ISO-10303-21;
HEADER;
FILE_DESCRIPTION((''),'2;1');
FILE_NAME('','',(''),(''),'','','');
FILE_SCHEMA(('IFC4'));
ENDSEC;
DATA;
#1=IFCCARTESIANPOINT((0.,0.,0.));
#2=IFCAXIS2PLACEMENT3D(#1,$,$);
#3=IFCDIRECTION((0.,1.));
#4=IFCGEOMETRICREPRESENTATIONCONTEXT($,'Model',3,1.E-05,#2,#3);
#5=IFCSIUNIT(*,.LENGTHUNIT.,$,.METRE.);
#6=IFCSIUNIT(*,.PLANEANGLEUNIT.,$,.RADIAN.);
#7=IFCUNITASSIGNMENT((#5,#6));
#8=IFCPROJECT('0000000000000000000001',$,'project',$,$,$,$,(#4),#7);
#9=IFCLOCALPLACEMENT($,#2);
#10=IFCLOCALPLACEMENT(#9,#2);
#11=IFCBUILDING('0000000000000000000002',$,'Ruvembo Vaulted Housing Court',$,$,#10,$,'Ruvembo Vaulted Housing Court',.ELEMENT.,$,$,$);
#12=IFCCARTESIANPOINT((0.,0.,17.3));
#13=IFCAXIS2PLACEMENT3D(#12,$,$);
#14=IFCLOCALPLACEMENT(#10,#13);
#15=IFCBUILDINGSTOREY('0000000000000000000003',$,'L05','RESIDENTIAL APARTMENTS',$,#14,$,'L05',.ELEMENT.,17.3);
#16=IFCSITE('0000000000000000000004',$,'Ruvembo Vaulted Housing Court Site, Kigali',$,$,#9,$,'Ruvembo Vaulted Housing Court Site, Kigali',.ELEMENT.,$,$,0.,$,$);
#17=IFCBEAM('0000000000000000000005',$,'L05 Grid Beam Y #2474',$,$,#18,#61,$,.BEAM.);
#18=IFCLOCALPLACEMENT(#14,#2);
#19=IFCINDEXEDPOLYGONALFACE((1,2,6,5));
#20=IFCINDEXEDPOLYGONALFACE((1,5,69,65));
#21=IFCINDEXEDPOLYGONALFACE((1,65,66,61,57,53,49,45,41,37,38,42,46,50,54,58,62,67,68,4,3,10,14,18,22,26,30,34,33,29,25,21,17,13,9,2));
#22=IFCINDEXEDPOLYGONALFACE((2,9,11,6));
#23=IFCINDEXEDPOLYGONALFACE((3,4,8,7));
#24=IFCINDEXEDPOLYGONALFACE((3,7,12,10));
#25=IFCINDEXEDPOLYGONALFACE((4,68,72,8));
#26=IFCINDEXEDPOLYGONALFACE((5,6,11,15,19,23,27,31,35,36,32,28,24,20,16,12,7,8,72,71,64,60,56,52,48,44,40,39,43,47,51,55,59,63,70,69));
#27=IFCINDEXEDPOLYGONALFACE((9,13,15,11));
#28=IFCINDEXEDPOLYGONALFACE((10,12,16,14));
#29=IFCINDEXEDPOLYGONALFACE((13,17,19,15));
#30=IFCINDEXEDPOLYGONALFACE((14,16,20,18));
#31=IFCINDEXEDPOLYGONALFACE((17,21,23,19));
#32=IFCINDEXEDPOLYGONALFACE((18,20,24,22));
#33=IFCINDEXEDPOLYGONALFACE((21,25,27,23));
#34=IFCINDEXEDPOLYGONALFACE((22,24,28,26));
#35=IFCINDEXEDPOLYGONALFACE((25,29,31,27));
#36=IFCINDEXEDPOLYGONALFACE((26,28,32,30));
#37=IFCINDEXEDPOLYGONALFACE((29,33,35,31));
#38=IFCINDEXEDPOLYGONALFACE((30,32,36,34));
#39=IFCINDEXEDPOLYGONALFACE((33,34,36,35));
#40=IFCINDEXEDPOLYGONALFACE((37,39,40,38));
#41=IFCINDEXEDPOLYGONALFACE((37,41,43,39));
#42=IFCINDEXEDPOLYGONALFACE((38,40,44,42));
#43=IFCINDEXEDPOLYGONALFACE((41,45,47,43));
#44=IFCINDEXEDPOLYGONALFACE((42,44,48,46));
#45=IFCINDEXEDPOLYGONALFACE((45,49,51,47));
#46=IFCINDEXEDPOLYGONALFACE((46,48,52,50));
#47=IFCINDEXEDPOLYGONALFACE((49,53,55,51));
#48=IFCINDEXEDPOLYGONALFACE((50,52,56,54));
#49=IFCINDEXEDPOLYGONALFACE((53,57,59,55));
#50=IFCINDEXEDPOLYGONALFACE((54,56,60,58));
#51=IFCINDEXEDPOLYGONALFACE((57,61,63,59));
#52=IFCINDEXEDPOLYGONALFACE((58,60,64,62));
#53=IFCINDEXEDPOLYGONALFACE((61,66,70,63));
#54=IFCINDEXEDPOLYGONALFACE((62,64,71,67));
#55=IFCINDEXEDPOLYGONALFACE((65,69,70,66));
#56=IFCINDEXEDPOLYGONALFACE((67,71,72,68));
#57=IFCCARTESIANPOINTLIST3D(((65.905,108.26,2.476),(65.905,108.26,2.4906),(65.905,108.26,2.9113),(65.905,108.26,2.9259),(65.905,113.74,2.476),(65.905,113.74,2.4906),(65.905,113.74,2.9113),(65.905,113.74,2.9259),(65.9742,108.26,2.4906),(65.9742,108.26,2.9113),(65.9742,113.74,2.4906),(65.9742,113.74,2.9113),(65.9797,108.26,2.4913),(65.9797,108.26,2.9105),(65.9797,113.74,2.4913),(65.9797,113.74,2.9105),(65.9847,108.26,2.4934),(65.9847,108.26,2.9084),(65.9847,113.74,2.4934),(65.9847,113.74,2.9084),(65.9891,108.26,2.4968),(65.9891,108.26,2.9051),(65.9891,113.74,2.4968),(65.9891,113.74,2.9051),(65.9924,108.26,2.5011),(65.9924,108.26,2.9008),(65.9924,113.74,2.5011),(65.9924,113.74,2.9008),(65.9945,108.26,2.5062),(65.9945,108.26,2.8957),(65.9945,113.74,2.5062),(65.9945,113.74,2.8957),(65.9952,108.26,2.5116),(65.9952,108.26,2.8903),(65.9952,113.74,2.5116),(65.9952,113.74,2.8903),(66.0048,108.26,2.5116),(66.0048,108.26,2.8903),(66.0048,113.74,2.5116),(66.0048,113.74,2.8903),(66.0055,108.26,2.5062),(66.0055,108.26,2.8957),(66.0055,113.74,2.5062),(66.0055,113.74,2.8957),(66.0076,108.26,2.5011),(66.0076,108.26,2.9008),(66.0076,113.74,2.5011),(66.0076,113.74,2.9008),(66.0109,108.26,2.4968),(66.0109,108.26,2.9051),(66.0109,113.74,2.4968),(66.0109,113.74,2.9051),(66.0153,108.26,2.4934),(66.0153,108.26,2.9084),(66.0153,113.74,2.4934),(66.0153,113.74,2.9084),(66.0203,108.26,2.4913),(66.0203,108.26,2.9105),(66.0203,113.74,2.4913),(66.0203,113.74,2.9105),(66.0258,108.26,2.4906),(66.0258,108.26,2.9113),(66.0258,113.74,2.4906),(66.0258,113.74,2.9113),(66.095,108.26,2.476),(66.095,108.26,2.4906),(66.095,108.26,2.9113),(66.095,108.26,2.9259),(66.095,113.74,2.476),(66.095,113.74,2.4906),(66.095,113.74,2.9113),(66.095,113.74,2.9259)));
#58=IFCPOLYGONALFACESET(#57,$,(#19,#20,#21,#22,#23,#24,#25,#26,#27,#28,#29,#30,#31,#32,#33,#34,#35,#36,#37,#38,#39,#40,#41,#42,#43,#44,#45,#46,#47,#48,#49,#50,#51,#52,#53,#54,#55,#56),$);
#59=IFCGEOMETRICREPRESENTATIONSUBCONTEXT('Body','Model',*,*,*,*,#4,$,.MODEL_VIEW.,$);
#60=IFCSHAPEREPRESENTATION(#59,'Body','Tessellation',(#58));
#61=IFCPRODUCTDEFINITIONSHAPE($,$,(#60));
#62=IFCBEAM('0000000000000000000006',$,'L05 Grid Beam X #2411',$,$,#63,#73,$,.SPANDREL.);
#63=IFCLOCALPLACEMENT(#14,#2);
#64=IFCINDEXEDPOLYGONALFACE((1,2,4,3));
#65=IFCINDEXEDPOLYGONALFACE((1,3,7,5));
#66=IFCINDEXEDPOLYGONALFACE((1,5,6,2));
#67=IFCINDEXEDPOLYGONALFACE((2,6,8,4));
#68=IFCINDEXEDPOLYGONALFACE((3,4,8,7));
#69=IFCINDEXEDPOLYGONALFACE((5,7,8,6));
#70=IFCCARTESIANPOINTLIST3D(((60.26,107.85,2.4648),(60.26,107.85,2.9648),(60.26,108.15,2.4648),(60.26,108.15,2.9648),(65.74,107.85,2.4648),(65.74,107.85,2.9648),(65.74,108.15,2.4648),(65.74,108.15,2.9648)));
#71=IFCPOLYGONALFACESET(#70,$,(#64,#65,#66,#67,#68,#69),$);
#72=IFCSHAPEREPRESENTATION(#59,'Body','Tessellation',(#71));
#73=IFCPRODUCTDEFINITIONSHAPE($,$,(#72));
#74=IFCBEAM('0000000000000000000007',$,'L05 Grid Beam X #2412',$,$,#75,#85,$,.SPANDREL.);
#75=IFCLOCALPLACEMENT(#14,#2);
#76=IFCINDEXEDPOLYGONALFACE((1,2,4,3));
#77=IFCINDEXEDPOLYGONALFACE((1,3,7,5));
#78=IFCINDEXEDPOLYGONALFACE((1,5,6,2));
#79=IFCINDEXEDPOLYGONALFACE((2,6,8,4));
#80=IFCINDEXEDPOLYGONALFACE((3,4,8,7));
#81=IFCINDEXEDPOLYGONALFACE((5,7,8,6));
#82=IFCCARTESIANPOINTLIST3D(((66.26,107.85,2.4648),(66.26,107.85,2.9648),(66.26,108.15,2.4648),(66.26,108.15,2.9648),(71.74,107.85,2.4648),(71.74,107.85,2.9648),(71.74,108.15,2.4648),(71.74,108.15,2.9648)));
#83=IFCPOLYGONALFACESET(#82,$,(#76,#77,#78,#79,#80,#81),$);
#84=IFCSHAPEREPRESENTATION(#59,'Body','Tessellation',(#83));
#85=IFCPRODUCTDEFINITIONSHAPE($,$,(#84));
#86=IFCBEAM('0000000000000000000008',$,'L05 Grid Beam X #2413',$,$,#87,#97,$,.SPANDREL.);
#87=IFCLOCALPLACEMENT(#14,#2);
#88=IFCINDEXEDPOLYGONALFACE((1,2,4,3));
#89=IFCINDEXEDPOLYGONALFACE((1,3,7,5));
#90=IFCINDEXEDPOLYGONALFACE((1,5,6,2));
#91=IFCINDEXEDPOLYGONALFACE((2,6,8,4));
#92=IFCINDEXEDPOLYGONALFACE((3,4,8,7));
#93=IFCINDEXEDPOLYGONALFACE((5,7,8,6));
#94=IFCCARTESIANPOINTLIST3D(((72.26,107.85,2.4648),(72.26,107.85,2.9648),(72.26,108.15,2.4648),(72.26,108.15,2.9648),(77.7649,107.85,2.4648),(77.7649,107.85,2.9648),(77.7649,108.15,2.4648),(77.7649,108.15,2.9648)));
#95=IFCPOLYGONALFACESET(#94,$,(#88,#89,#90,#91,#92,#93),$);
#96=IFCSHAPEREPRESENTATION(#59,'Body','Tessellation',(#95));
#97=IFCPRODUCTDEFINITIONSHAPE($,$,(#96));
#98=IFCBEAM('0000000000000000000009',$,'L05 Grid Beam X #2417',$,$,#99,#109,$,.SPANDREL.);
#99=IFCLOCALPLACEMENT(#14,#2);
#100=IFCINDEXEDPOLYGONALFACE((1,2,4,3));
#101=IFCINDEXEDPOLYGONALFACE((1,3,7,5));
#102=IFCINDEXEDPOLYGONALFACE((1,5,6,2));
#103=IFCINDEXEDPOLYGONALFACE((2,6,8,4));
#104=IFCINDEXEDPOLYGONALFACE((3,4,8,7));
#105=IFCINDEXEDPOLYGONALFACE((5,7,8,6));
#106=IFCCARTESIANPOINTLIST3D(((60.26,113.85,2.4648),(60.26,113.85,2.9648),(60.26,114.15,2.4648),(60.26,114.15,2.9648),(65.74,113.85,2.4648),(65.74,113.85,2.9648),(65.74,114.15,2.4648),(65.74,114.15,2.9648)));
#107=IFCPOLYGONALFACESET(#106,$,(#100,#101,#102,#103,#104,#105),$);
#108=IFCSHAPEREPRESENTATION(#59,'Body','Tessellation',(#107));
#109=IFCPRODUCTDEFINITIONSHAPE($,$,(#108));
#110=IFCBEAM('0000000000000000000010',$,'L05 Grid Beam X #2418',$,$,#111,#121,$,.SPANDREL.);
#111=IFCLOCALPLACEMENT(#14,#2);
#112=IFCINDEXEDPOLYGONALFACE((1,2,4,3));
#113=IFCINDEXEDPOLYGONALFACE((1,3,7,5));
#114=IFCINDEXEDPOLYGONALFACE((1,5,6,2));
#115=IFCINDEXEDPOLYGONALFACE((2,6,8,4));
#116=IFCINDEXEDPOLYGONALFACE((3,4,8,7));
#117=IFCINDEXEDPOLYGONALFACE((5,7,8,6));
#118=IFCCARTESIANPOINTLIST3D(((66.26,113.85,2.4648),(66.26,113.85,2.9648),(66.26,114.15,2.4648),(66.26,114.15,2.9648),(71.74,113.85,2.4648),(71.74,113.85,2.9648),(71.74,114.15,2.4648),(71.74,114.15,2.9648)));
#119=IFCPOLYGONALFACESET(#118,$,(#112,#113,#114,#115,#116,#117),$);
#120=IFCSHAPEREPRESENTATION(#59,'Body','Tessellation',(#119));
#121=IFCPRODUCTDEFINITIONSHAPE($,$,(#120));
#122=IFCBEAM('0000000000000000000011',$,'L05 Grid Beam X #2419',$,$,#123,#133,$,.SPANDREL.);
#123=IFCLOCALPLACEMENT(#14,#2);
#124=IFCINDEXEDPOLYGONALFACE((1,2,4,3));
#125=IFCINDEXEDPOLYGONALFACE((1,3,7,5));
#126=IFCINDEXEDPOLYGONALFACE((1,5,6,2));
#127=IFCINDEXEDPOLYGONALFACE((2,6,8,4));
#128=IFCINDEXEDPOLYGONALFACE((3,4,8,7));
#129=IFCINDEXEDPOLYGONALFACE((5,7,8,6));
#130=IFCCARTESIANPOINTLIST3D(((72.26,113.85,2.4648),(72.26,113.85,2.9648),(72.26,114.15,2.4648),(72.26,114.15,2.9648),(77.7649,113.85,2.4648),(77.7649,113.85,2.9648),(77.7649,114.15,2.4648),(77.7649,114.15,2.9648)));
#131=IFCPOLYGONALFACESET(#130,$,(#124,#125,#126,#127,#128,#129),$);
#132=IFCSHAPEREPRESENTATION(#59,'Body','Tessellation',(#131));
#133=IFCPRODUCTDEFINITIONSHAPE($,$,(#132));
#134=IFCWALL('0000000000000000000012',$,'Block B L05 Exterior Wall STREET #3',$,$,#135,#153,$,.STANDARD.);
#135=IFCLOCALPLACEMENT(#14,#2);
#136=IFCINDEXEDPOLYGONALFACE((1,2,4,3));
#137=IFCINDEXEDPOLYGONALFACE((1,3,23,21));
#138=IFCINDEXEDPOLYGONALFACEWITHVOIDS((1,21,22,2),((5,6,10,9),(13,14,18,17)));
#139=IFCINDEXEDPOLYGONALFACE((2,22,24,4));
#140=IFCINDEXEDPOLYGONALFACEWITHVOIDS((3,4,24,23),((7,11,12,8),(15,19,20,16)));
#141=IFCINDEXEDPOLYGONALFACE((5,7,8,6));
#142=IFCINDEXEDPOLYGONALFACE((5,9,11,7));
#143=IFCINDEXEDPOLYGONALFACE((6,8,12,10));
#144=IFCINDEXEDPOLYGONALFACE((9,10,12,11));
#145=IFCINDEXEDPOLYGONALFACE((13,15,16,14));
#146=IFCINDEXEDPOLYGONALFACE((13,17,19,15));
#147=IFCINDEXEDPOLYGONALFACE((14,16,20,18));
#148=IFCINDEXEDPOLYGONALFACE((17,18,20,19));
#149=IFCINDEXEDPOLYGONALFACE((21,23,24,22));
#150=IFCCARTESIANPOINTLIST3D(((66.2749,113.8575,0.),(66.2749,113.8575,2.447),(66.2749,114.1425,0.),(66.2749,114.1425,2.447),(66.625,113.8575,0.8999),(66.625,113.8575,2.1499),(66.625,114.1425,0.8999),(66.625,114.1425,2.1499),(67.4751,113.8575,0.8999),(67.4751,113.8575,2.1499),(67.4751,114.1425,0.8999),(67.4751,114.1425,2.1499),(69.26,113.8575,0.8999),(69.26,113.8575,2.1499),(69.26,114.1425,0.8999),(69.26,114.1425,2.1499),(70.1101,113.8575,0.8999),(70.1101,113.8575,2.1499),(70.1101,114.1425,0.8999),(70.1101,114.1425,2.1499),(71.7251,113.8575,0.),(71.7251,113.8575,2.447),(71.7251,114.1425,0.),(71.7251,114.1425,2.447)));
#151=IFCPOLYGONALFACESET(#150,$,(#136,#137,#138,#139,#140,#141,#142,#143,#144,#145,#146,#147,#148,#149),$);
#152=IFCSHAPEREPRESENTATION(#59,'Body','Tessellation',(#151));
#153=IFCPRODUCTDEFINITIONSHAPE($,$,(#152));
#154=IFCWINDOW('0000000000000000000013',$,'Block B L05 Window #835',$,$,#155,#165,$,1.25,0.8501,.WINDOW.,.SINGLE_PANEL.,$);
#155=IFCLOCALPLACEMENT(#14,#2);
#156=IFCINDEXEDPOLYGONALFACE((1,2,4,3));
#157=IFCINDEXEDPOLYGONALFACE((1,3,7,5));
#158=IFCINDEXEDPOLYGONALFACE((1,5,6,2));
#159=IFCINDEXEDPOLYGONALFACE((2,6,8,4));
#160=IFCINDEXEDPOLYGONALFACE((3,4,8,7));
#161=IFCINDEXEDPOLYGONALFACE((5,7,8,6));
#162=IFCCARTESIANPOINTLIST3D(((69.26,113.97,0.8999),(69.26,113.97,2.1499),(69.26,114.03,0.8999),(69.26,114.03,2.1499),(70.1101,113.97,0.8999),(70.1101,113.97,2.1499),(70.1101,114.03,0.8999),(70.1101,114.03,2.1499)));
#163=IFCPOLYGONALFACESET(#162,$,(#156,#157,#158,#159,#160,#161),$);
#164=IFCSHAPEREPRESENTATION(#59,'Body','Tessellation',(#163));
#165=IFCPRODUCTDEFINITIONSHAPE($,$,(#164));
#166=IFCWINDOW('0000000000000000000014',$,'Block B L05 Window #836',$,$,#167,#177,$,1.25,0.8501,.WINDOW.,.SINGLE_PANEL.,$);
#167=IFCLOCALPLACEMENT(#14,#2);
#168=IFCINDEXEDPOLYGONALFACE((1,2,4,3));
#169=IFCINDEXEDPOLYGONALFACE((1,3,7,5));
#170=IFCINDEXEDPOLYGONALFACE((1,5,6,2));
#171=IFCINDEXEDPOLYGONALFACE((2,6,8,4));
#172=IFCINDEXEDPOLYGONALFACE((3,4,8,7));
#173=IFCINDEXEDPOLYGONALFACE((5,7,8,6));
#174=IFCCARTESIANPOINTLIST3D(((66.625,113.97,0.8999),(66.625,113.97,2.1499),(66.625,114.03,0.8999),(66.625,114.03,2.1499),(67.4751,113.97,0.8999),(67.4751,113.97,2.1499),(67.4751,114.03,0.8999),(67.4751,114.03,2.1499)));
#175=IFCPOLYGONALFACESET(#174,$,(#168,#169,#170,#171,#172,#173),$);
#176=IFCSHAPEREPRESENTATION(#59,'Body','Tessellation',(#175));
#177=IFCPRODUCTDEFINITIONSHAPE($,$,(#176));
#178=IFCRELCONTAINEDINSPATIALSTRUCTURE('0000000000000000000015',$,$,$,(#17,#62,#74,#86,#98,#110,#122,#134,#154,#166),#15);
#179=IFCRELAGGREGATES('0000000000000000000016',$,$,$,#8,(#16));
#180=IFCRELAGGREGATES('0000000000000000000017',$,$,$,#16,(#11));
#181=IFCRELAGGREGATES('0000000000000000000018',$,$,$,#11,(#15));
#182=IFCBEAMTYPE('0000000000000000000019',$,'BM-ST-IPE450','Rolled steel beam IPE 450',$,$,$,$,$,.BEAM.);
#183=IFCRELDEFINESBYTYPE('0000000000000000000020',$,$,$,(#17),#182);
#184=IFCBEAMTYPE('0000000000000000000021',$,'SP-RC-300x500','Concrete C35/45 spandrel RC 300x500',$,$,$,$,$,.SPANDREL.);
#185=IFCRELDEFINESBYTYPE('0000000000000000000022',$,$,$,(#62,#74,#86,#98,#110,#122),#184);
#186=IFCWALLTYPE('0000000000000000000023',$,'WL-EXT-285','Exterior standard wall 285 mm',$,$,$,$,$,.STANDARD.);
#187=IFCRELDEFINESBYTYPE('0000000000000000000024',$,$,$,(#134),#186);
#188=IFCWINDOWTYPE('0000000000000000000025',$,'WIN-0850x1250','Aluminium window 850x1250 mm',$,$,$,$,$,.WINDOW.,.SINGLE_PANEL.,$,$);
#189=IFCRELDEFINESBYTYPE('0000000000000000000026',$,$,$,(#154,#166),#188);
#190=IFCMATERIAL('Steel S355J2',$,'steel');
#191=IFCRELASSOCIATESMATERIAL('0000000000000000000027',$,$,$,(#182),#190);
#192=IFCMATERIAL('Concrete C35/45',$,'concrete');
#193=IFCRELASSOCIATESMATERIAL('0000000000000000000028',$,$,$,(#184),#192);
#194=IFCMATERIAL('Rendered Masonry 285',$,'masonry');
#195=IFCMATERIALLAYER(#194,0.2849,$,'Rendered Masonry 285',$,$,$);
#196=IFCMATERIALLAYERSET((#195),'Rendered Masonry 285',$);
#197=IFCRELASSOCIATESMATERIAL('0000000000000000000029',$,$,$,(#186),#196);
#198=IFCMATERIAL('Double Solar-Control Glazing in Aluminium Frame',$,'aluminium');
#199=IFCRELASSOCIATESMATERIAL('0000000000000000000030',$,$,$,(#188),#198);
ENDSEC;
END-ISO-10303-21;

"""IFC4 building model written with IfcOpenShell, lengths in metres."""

from ifc_helpers import new_model, si_unit, direction, frame, frame_2d, origin, origin_2d, place, context, subcontext, project, spatial, rectangle, i_section, extrude, material, layer, layer_set, material_profile, profile_set, type_object, element, fill, save


model = new_model("IFC4")

# Units and contexts
model_context = context("Model", 3, precision=1e-05, world=origin(), true_north=direction((0.0, 1.0)))
body_context = subcontext(model_context, "Body", "Model", "MODEL_VIEW")
ifc_project = project(units=[si_unit("LENGTHUNIT", "METRE"), si_unit("PLANEANGLEUNIT", "RADIAN")], contexts=[model_context])

# Site, building, storey
site_placement = place(None, origin())
site = spatial("IfcSite", under=ifc_project, at=site_placement, Name="Ruvembo Vaulted Housing Court Site, Kigali", LongName="Ruvembo Vaulted Housing Court Site, Kigali", CompositionType="ELEMENT", RefElevation=0.0)
building_placement = place(site_placement, origin())
building = spatial("IfcBuilding", under=site, at=building_placement, Name="Ruvembo Vaulted Housing Court", LongName="Ruvembo Vaulted Housing Court", CompositionType="ELEMENT")
storey_placement = place(building_placement, frame((0.0, 0.0, 17.3)))
storey = spatial("IfcBuildingStorey", under=building, at=storey_placement, Name="L05", Description="RESIDENTIAL APARTMENTS", LongName="L05", CompositionType="ELEMENT", Elevation=17.3)

# Shared definitions
ifc_material_1 = material(Name="Concrete C35/45", Category="concrete")

# Beams
ifc_material_2 = material(Name="Steel S355J2", Category="steel")
ifc_material_profile_1 = material_profile(ifc_material_2, i_section(OverallWidth=0.1899, OverallDepth=0.45, WebThickness=0.0095, FlangeThickness=0.0146, FilletRadius=0.021, at=origin_2d()), Name="IPE 450")
ifc_profile_set_1 = profile_set([ifc_material_profile_1], Name="Steel S355J2")
beam_type_1 = type_object("IfcBeamType", Name="BM-ST-IPE450", Description="Rolled steel beam IPE 450", PredefinedType="BEAM", material=ifc_profile_set_1)
beam_1_placement = place(storey_placement, frame((66.0, 108.26, 2.7009), z_axis=(0.0, 1.0, 0.0), x_axis=(-1.0, 0.0, 0.0)))
element("IfcBeam", 1, at=beam_1_placement, inside=storey, type_object=beam_type_1, Name="L05 Grid Beam Y #2474", PredefinedType="BEAM", context=body_context, shape_type="SweptSolid", body=[
    extrude(i_section(OverallWidth=0.1899, OverallDepth=0.45, WebThickness=0.0095, FlangeThickness=0.0146, FilletRadius=0.021, at=origin_2d()), origin(), (0.0, 0.0, 1.0), 5.48),
])
ifc_material_profile_2 = material_profile(ifc_material_1, rectangle(XDim=0.3, YDim=0.5, at=origin_2d()), Name="RC 300x500")
ifc_profile_set_2 = profile_set([ifc_material_profile_2], Name="Concrete C35/45")
beam_type_2 = type_object("IfcBeamType", Name="SP-RC-300x500", Description="Concrete C35/45 spandrel RC 300x500", PredefinedType="SPANDREL", material=ifc_profile_set_2)
for number, where, z_axis, x_axis, name in (
    (2, (60.26, 108.0, 2.7148), (1.0, 0.0, 0.0), (0.0, 1.0, 0.0), "L05 Grid Beam X #2411"),
    (3, (66.26, 108.0, 2.7148), (1.0, 0.0, 0.0), (0.0, 1.0, 0.0), "L05 Grid Beam X #2412"),
):
    element("IfcBeam", number, at=place(storey_placement, frame(where, z_axis=z_axis, x_axis=x_axis)), inside=storey, type_object=beam_type_2, Name=name, PredefinedType="SPANDREL", context=body_context, shape_type="SweptSolid", body=[
        extrude(rectangle(XDim=0.3, YDim=0.5, at=origin_2d()), origin(), (0.0, 0.0, 1.0), 5.48),
    ])
beam_2_placement = place(storey_placement, frame((72.26, 108.0, 2.7148), z_axis=(1.0, 0.0, 0.0), x_axis=(0.0, 1.0, 0.0)))
element("IfcBeam", 4, at=beam_2_placement, inside=storey, type_object=beam_type_2, Name="L05 Grid Beam X #2413", PredefinedType="SPANDREL", context=body_context, shape_type="SweptSolid", body=[
    extrude(rectangle(XDim=0.3, YDim=0.5, at=origin_2d()), origin(), (0.0, 0.0, 1.0), 5.5049),
])
for number, where, z_axis, x_axis, name in (
    (5, (60.26, 114.0, 2.7148), (1.0, 0.0, 0.0), (0.0, 1.0, 0.0), "L05 Grid Beam X #2417"),
    (6, (66.26, 114.0, 2.7148), (1.0, 0.0, 0.0), (0.0, 1.0, 0.0), "L05 Grid Beam X #2418"),
):
    element("IfcBeam", number, at=place(storey_placement, frame(where, z_axis=z_axis, x_axis=x_axis)), inside=storey, type_object=beam_type_2, Name=name, PredefinedType="SPANDREL", context=body_context, shape_type="SweptSolid", body=[
        extrude(rectangle(XDim=0.3, YDim=0.5, at=origin_2d()), origin(), (0.0, 0.0, 1.0), 5.48),
    ])
beam_3_placement = place(storey_placement, frame((72.26, 114.0, 2.7148), z_axis=(1.0, 0.0, 0.0), x_axis=(0.0, 1.0, 0.0)))
element("IfcBeam", 7, at=beam_3_placement, inside=storey, type_object=beam_type_2, Name="L05 Grid Beam X #2419", PredefinedType="SPANDREL", context=body_context, shape_type="SweptSolid", body=[
    extrude(rectangle(XDim=0.3, YDim=0.5, at=origin_2d()), origin(), (0.0, 0.0, 1.0), 5.5049),
])

# Wall, openings, windows
ifc_material_3 = material(Name="Rendered Masonry 285", Category="masonry")
ifc_layer_1 = layer(ifc_material_3, 0.2849, Name="Rendered Masonry 285")
ifc_layer_set_1 = layer_set([ifc_layer_1], Name="Rendered Masonry 285")
wall_type_1 = type_object("IfcWallType", Name="WL-EXT-285", Description="Exterior standard wall 285 mm", PredefinedType="STANDARD", material=ifc_layer_set_1)
wall_1_placement = place(storey_placement, frame((71.7251, 114.0, 0.0), z_axis=(0.0, 0.0, 1.0), x_axis=(-1.0, 0.0, 0.0)))
wall_1 = element("IfcWall", 8, at=wall_1_placement, inside=storey, type_object=wall_type_1, Name="Block B L05 Exterior Wall STREET #3", PredefinedType="STANDARD", context=body_context, shape_type="SweptSolid", body=[
    extrude(rectangle(XDim=5.4502, YDim=0.2849, at=frame_2d((2.7251, 0.0))), origin(), (0.0, 0.0, 1.0), 2.447),
])
opening_1_placement = place(wall_1_placement, frame((1.615, 0.0, 0.8999)))
opening_1 = element("IfcOpeningElement", 9, at=opening_1_placement, cuts=wall_1, PredefinedType="OPENING", context=body_context, shape_type="SweptSolid", body=[
    extrude(rectangle(XDim=0.8501, YDim=1.25, at=frame_2d((0.425, 0.625))), frame((0.0, 0.1523, 0.0), z_axis=(0.0, -1.0, 0.0), x_axis=(1.0, 0.0, 0.0)), (0.0, 0.0, 1.0), 0.3049),
])
opening_2_placement = place(wall_1_placement, frame((4.25, 0.0, 0.8999)))
opening_2 = element("IfcOpeningElement", 10, at=opening_2_placement, cuts=wall_1, PredefinedType="OPENING", context=body_context, shape_type="SweptSolid", body=[
    extrude(rectangle(XDim=0.8501, YDim=1.25, at=frame_2d((0.425, 0.625))), frame((0.0, 0.1523, 0.0), z_axis=(0.0, -1.0, 0.0), x_axis=(1.0, 0.0, 0.0)), (0.0, 0.0, 1.0), 0.3049),
])
ifc_material_4 = material(Name="Double Solar-Control Glazing in Aluminium Frame", Category="aluminium")
window_type_1 = type_object("IfcWindowType", Name="WIN-0850x1250", Description="Aluminium window 850x1250 mm", PartitioningType="SINGLE_PANEL", PredefinedType="WINDOW", material=ifc_material_4)
window_1_placement = place(opening_1_placement, origin())
window_1 = element("IfcWindow", 11, at=window_1_placement, inside=storey, type_object=window_type_1, Name="Block B L05 Window #835", OverallHeight=1.25, OverallWidth=0.8501, PartitioningType="SINGLE_PANEL", PredefinedType="WINDOW", context=body_context, shape_type="SweptSolid", body=[
    extrude(rectangle(XDim=0.8501, YDim=1.25, at=frame_2d((0.425, 0.625))), frame((0.0, 0.03, 0.0), z_axis=(0.0, -1.0, 0.0), x_axis=(1.0, 0.0, 0.0)), (0.0, 0.0, 1.0), 0.0601),
])
fill(opening_1, window_1)
window_2_placement = place(opening_2_placement, origin())
window_2 = element("IfcWindow", 12, at=window_2_placement, inside=storey, type_object=window_type_1, Name="Block B L05 Window #836", OverallHeight=1.25, OverallWidth=0.8501, PartitioningType="SINGLE_PANEL", PredefinedType="WINDOW", context=body_context, shape_type="SweptSolid", body=[
    extrude(rectangle(XDim=0.8501, YDim=1.25, at=frame_2d((0.425, 0.625))), frame((0.0, 0.03, 0.0), z_axis=(0.0, -1.0, 0.0), x_axis=(1.0, 0.0, 0.0)), (0.0, 0.0, 1.0), 0.0601),
])
fill(opening_2, window_2)

save(model, "model.ifc")
